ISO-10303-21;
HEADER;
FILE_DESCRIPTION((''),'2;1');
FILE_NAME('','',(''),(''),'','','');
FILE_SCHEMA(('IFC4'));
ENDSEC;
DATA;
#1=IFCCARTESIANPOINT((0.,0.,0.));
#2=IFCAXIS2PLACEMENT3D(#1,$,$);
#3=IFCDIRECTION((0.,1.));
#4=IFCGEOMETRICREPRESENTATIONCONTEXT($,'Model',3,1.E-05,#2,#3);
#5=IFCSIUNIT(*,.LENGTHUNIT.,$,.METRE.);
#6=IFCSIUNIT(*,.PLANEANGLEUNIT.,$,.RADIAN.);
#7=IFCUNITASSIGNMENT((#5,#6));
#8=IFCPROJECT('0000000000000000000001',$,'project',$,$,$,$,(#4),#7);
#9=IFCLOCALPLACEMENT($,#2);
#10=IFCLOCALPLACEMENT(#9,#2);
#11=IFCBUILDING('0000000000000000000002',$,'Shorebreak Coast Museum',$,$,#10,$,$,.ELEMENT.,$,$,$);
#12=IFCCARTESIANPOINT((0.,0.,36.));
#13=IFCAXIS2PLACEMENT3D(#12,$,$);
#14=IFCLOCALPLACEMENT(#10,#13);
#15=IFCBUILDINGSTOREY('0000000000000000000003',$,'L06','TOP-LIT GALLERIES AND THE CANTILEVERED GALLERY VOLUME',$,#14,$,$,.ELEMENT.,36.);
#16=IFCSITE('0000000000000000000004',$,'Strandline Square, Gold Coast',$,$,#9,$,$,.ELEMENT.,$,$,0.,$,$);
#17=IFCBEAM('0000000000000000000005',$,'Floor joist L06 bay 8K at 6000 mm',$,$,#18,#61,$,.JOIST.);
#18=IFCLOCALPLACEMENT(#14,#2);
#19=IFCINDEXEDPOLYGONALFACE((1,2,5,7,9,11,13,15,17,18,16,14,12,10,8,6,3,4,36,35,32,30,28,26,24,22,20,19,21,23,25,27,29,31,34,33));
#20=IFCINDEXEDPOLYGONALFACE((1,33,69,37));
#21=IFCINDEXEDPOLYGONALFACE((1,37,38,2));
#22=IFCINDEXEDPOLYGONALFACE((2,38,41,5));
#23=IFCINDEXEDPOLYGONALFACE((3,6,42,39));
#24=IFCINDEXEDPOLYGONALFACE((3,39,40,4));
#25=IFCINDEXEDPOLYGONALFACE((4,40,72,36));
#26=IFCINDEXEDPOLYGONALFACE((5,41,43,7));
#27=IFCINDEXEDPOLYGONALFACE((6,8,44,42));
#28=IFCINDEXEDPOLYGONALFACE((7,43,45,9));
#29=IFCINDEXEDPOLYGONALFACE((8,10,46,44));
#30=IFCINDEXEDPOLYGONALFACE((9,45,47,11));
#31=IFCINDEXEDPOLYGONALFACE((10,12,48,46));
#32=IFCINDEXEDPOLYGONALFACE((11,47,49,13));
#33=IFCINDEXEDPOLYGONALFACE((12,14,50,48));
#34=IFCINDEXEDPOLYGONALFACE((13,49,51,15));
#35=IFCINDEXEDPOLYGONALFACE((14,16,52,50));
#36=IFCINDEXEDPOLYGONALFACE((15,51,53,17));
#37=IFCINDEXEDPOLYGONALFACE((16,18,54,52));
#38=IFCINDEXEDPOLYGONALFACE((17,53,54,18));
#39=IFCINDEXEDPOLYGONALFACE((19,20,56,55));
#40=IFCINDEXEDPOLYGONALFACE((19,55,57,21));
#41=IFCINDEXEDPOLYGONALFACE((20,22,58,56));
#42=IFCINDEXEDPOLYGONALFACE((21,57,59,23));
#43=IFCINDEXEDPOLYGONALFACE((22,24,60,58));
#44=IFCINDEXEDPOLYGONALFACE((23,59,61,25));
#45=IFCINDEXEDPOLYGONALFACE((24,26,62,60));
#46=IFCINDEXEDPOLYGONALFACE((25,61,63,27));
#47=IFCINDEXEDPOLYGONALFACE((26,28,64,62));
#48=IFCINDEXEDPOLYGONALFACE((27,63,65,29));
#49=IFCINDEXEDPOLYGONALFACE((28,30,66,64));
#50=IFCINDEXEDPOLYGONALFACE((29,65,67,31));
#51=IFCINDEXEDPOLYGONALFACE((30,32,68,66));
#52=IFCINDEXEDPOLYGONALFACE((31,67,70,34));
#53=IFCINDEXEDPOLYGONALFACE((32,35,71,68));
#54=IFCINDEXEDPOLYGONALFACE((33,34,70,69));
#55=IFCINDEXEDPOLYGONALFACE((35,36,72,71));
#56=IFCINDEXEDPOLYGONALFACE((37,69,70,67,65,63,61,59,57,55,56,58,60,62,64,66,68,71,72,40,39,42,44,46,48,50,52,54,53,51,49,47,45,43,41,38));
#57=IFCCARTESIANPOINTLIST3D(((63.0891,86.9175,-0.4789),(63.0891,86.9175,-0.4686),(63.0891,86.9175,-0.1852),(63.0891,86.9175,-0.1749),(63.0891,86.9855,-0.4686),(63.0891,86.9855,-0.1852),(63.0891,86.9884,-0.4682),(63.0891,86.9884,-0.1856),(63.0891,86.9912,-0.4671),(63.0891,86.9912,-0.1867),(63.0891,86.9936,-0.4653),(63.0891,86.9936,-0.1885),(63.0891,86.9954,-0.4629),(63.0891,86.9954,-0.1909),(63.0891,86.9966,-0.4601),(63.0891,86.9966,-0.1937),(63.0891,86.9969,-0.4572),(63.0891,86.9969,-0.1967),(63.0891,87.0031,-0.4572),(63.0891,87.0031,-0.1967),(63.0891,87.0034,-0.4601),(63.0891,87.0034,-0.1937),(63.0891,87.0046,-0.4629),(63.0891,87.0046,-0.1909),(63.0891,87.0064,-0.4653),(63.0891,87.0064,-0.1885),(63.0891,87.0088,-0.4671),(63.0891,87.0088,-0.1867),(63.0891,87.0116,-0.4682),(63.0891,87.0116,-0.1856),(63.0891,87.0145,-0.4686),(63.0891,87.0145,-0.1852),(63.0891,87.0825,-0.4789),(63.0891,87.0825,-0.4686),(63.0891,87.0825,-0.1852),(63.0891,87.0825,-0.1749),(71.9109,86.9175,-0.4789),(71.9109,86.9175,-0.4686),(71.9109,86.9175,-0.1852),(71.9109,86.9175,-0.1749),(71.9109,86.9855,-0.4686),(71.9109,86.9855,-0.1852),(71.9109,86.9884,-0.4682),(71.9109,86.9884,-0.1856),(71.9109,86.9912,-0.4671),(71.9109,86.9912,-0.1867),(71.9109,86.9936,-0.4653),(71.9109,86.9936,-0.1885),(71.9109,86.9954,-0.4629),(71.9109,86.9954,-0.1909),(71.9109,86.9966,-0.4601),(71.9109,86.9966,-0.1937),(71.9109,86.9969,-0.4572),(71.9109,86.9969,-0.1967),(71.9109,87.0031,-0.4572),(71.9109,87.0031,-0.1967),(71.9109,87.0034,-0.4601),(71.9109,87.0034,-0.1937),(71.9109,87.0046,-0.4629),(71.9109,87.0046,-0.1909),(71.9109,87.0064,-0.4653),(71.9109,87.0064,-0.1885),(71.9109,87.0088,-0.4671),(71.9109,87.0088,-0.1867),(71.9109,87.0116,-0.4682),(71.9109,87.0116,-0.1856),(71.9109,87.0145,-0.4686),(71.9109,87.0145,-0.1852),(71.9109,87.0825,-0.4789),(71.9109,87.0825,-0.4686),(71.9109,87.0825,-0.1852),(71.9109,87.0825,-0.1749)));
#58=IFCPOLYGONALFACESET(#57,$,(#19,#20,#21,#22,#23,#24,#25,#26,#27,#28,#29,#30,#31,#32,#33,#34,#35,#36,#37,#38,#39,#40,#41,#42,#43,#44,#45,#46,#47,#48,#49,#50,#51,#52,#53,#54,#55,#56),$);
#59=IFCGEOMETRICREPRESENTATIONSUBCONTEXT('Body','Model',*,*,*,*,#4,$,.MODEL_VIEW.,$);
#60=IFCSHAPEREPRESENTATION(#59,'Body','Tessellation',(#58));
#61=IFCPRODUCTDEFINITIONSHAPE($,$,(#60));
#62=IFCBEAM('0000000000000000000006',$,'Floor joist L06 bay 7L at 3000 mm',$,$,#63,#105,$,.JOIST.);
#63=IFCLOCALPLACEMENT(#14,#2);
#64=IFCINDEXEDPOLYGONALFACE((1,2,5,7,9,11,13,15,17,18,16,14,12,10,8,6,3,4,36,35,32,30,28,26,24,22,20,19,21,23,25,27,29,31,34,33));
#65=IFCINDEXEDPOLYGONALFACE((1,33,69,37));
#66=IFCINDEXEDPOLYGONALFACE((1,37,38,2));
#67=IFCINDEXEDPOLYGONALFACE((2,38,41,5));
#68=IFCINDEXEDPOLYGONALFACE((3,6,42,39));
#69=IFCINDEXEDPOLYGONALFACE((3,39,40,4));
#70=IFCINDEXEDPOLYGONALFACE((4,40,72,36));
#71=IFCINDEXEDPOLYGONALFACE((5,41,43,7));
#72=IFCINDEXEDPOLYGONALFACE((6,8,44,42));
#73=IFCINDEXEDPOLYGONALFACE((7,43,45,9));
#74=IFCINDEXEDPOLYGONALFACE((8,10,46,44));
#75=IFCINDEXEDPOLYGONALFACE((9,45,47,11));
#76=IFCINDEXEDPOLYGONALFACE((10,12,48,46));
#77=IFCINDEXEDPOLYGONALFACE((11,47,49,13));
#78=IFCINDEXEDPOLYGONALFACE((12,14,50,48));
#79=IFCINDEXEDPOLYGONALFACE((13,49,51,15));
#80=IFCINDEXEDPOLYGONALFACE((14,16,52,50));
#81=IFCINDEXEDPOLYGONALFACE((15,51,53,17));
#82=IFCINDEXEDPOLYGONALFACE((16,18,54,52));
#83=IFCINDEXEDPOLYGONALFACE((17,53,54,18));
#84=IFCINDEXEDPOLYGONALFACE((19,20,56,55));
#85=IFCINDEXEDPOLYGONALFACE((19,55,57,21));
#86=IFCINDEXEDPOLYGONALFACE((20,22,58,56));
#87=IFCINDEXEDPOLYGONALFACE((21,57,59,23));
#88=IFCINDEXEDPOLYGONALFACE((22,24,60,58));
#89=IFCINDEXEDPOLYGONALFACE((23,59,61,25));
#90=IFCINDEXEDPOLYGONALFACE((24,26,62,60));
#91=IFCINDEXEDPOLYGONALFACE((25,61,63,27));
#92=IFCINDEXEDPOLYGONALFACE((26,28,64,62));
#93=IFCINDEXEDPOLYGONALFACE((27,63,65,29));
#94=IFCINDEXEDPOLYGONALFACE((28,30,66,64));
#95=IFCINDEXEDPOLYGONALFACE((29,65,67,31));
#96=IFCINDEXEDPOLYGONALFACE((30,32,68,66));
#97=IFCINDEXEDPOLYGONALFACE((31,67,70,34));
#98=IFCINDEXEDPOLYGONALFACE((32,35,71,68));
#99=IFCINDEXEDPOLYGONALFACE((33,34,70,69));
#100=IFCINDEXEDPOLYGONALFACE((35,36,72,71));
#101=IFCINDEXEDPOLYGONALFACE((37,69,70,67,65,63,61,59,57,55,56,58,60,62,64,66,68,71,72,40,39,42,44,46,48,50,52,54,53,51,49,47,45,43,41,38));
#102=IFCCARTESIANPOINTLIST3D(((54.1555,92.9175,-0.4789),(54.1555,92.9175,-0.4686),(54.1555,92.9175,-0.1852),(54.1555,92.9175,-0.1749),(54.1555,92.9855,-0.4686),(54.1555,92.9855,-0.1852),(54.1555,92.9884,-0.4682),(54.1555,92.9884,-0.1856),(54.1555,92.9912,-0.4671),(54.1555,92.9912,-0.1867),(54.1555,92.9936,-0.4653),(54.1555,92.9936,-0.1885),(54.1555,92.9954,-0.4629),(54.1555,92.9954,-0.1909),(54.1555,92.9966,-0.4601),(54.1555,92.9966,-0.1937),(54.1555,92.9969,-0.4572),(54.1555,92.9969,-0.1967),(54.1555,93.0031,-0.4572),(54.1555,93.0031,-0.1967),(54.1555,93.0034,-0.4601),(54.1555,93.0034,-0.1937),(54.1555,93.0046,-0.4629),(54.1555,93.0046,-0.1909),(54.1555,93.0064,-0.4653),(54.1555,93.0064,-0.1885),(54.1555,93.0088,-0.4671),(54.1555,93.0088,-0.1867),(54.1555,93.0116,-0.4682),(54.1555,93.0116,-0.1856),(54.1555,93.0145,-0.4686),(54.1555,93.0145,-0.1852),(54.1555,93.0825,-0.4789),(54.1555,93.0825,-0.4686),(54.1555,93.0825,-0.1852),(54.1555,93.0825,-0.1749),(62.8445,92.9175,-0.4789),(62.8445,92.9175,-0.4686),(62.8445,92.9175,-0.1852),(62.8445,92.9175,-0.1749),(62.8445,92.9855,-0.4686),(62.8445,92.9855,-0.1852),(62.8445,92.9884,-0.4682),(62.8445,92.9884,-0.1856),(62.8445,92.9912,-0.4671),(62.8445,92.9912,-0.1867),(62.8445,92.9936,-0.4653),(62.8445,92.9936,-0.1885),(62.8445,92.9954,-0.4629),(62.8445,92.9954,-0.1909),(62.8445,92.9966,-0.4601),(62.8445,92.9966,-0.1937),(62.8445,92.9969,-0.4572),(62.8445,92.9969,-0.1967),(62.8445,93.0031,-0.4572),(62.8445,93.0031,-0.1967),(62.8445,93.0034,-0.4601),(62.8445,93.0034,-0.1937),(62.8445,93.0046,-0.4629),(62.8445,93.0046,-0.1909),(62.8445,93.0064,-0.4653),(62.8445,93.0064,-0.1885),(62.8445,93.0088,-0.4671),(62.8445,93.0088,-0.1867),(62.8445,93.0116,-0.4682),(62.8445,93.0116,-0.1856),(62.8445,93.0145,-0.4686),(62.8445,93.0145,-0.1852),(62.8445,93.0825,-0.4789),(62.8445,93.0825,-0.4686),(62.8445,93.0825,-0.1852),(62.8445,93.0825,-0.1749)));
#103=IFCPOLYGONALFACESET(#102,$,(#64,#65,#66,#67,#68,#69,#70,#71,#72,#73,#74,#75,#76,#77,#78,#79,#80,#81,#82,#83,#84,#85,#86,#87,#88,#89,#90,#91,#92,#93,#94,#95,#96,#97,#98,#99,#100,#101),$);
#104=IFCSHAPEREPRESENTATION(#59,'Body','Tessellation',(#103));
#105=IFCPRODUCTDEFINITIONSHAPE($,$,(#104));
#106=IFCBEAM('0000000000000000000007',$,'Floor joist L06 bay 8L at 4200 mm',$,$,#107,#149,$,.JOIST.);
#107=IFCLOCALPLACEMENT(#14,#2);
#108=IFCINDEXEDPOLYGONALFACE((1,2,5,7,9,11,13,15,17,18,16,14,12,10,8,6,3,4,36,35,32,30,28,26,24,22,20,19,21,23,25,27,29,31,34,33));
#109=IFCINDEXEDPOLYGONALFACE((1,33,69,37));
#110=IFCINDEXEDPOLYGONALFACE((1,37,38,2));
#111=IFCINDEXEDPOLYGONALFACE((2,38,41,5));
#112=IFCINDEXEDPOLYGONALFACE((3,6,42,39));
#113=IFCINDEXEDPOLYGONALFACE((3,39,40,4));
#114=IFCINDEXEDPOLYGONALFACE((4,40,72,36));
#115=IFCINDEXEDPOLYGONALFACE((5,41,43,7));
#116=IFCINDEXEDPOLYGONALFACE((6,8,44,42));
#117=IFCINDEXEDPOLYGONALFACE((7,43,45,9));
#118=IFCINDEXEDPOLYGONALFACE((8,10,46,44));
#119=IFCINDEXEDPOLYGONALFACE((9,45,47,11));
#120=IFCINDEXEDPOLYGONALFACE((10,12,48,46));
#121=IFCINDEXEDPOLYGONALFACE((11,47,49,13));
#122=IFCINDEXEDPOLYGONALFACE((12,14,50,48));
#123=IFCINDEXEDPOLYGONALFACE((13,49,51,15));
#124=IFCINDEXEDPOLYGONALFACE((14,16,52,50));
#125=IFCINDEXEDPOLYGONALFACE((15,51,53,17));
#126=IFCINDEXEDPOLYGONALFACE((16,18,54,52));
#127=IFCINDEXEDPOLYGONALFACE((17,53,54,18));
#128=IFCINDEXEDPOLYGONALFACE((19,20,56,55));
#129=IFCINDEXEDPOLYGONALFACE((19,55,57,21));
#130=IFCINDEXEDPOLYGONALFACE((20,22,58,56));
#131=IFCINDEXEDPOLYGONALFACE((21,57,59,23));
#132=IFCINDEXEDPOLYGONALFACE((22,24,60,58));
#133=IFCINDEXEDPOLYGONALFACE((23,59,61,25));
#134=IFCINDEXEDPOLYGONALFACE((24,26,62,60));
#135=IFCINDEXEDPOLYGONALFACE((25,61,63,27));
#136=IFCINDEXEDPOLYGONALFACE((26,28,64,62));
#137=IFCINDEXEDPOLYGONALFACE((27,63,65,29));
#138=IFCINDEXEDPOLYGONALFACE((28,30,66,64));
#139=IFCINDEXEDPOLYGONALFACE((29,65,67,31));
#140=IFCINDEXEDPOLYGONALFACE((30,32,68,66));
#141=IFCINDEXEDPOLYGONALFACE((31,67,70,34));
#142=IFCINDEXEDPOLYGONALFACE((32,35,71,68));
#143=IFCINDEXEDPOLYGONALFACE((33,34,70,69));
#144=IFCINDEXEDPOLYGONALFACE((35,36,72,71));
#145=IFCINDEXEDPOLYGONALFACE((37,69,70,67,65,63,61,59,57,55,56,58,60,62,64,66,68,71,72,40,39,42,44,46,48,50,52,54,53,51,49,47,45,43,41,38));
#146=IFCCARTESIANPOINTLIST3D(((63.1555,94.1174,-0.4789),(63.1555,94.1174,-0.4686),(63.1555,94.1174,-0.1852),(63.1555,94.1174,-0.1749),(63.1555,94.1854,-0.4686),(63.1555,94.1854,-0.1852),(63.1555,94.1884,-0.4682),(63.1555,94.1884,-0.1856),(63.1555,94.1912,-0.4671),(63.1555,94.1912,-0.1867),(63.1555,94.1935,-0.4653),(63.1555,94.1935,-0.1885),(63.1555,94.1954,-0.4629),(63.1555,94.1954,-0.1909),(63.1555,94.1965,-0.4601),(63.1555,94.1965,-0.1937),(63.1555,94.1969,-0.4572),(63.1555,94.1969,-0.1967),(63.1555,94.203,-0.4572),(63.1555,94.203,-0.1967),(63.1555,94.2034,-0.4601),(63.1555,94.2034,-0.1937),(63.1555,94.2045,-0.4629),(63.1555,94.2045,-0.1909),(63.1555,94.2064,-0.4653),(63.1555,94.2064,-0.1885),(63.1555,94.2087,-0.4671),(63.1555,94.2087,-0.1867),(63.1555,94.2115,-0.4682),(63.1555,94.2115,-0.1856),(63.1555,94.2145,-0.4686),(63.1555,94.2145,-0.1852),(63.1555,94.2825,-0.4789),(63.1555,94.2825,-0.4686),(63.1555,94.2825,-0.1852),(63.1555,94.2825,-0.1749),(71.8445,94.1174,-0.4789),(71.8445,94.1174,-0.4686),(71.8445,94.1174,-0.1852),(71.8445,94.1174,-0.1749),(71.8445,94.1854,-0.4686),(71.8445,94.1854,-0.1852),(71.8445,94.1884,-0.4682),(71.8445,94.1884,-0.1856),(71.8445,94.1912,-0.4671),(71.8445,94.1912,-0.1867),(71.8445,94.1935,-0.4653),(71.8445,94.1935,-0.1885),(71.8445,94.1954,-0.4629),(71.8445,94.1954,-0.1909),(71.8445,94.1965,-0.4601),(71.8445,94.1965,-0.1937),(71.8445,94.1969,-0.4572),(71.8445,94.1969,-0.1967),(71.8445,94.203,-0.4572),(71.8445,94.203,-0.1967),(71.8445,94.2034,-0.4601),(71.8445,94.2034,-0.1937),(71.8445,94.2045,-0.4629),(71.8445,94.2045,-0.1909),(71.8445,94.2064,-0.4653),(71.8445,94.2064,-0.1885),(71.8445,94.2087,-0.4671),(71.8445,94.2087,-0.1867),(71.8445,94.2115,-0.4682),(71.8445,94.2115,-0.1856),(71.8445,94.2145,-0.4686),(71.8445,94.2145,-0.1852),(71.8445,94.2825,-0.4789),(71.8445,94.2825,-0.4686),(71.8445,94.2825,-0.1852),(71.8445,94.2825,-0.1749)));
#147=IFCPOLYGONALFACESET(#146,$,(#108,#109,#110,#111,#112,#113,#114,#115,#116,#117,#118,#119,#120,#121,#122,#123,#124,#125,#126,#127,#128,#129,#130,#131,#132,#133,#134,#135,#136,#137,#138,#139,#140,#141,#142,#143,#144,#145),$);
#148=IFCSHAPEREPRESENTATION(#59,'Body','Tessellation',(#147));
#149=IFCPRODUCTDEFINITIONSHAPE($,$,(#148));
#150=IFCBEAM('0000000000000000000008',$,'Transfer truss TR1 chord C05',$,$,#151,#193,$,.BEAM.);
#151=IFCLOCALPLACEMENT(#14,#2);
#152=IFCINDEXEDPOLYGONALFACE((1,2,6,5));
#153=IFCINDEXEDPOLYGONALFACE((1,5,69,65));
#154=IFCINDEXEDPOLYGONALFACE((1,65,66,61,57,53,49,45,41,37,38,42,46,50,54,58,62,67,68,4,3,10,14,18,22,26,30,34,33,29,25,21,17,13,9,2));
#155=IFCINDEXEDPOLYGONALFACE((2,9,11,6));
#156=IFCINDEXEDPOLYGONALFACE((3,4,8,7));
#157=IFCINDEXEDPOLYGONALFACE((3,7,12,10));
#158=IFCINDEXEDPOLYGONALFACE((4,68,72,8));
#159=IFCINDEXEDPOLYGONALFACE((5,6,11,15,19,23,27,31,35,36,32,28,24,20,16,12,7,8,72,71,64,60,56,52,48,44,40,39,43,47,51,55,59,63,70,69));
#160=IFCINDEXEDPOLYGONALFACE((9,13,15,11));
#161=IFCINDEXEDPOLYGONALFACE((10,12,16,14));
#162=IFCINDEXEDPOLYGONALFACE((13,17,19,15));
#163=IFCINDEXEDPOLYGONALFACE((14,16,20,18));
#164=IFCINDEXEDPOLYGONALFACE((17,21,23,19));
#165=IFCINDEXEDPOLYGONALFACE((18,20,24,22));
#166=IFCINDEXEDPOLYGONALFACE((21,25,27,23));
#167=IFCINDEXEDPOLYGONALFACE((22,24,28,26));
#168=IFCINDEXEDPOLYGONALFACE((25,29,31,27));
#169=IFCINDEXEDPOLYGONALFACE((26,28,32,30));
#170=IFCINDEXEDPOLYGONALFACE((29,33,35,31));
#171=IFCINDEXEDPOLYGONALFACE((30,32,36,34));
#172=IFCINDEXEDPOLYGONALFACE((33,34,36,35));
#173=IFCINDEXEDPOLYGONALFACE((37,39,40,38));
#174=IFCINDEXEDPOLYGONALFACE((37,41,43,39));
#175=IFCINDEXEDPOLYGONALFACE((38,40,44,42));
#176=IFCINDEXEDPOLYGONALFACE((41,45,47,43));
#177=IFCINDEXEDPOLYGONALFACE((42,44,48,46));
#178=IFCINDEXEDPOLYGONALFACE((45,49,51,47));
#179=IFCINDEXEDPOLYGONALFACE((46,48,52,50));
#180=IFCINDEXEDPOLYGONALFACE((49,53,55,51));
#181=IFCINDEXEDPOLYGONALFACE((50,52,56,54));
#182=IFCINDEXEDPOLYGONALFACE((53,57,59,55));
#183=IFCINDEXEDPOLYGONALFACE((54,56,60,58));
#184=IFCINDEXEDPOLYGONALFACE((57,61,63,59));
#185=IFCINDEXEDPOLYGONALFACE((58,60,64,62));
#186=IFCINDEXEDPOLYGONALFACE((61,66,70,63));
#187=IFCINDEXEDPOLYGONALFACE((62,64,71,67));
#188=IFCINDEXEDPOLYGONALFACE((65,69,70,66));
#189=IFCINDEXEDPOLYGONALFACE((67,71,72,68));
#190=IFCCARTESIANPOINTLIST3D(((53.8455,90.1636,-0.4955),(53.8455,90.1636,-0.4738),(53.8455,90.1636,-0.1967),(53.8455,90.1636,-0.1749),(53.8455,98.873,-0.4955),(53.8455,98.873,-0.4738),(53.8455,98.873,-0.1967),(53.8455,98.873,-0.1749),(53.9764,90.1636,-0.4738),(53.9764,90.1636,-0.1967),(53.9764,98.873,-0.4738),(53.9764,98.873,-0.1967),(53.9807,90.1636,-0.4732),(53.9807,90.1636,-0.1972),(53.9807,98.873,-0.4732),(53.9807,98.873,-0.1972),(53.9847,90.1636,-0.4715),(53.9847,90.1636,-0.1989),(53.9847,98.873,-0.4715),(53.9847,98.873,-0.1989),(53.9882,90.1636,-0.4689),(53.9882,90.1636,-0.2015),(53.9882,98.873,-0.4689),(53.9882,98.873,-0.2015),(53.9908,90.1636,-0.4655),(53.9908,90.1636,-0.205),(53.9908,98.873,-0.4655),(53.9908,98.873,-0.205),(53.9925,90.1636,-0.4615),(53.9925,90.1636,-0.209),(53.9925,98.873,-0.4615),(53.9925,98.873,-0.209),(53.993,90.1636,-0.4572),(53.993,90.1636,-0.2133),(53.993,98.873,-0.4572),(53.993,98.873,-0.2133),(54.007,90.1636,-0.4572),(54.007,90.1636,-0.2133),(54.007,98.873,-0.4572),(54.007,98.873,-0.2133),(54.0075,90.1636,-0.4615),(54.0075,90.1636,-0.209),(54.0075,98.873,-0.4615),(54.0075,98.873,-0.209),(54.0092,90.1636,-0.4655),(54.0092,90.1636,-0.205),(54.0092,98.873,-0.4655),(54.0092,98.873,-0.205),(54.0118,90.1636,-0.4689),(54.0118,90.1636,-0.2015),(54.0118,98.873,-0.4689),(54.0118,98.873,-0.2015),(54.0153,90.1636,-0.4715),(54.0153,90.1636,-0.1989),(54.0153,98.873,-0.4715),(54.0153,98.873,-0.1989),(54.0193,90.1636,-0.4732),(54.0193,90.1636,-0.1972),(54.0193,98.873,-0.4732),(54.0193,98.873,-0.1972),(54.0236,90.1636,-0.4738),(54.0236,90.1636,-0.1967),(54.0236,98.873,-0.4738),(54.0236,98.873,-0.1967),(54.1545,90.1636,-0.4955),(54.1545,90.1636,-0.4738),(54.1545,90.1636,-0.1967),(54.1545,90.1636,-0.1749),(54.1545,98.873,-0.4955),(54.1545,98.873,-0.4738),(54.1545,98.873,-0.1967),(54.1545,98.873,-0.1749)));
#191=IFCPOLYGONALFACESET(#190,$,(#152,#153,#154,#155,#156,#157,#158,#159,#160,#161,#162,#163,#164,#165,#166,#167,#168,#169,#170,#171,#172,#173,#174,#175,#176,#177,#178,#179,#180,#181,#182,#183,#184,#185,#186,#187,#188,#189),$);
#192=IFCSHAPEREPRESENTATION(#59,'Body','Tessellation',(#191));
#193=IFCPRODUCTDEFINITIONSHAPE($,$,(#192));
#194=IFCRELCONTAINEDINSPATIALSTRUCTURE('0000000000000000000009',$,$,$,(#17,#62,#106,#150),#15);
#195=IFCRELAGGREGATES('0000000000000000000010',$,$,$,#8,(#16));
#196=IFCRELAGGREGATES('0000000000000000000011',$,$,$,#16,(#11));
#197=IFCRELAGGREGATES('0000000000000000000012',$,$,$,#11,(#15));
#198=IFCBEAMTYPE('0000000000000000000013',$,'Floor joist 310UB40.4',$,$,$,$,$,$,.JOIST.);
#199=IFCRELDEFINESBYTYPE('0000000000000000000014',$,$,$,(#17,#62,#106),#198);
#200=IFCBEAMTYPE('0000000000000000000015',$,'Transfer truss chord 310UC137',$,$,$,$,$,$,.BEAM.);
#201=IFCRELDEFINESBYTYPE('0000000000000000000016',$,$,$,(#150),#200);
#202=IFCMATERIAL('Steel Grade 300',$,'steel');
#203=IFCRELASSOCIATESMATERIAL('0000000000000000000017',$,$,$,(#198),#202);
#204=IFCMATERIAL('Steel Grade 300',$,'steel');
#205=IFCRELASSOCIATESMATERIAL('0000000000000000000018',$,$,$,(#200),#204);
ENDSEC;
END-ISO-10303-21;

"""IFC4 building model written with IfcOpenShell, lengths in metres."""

from ifc_helpers import new_model, si_unit, direction, frame, origin, origin_2d, place, context, subcontext, project, spatial, i_section, extrude, material, material_profile, profile_set, type_object, element, save


model = new_model("IFC4")

# Units and contexts
model_context = context("Model", 3, precision=1e-05, world=origin(), true_north=direction((0.0, 1.0)))
body_context = subcontext(model_context, "Body", "Model", "MODEL_VIEW")
ifc_project = project(units=[si_unit("LENGTHUNIT", "METRE"), si_unit("PLANEANGLEUNIT", "RADIAN")], contexts=[model_context])

# Site, building, storey
site_placement = place(None, origin())
site = spatial("IfcSite", under=ifc_project, at=site_placement, Name="Strandline Square, Gold Coast", CompositionType="ELEMENT", RefElevation=0.0)
building_placement = place(site_placement, origin())
building = spatial("IfcBuilding", under=site, at=building_placement, Name="Shorebreak Coast Museum", CompositionType="ELEMENT")
storey_placement = place(building_placement, frame((0.0, 0.0, 36.0)))
storey = spatial("IfcBuildingStorey", under=building, at=storey_placement, Name="L06", Description="TOP-LIT GALLERIES AND THE CANTILEVERED GALLERY VOLUME", CompositionType="ELEMENT", Elevation=36.0)

# Beams
ifc_material_1 = material(Name="Steel Grade 300", Category="steel")
ifc_material_profile_1 = material_profile(ifc_material_1, i_section(OverallWidth=0.165, OverallDepth=0.304, WebThickness=0.0061, FlangeThickness=0.0103, FilletRadius=0.0115, at=origin_2d()), Name="310UB40.4")
ifc_profile_set_1 = profile_set([ifc_material_profile_1], Name="Steel Grade 300")
beam_type_1 = type_object("IfcBeamType", Name="Floor joist 310UB40.4", PredefinedType="JOIST", material=ifc_profile_set_1)
beam_placement = place(storey_placement, frame((63.0891, 87.0, -0.3269), z_axis=(1.0, 0.0, 0.0), x_axis=(0.0, 1.0, 0.0)))
element("IfcBeam", 1, at=beam_placement, inside=storey, type_object=beam_type_1, Name="Floor joist L06 bay 8K at 6000 mm", PredefinedType="JOIST", context=body_context, shape_type="SweptSolid", body=[
    extrude(i_section(OverallWidth=0.165, OverallDepth=0.304, WebThickness=0.0061, FlangeThickness=0.0103, FilletRadius=0.0115, at=origin_2d()), origin(), (0.0, 0.0, 1.0), 8.8218),
])
for number, where, z_axis, x_axis, name in (
    (2, (54.1555, 93.0, -0.3269), (1.0, 0.0, 0.0), (0.0, 1.0, 0.0), "Floor joist L06 bay 7L at 3000 mm"),
    (3, (63.1555, 94.2, -0.3269), (1.0, 0.0, 0.0), (0.0, 1.0, 0.0), "Floor joist L06 bay 8L at 4200 mm"),
):
    element("IfcBeam", number, at=place(storey_placement, frame(where, z_axis=z_axis, x_axis=x_axis)), inside=storey, type_object=beam_type_1, Name=name, PredefinedType="JOIST", context=body_context, shape_type="SweptSolid", body=[
        extrude(i_section(OverallWidth=0.165, OverallDepth=0.304, WebThickness=0.0061, FlangeThickness=0.0103, FilletRadius=0.0115, at=origin_2d()), origin(), (0.0, 0.0, 1.0), 8.689),
    ])
ifc_material_2 = material(Name="Steel Grade 300", Category="steel")
ifc_material_profile_2 = material_profile(ifc_material_2, i_section(OverallWidth=0.3091, OverallDepth=0.3206, WebThickness=0.0139, FlangeThickness=0.0217, FilletRadius=0.0166, at=origin_2d()), Name="310UC137")
ifc_profile_set_2 = profile_set([ifc_material_profile_2], Name="Steel Grade 300")
beam_type_2 = type_object("IfcBeamType", Name="Transfer truss chord 310UC137", PredefinedType="BEAM", material=ifc_profile_set_2)
for number, where, z_axis, x_axis, name in (
    (4, (54.0, 90.1636, -0.3352), (0.0, 1.0, 0.0), (-1.0, 0.0, 0.0), "Transfer truss TR1 chord C05"),
):
    element("IfcBeam", number, at=place(storey_placement, frame(where, z_axis=z_axis, x_axis=x_axis)), inside=storey, type_object=beam_type_2, Name=name, PredefinedType="BEAM", context=body_context, shape_type="SweptSolid", body=[
        extrude(i_section(OverallWidth=0.3091, OverallDepth=0.3206, WebThickness=0.0139, FlangeThickness=0.0217, FilletRadius=0.0166, at=origin_2d()), origin(), (0.0, 0.0, 1.0), 8.7095),
    ])

save(model, "model.ifc")
